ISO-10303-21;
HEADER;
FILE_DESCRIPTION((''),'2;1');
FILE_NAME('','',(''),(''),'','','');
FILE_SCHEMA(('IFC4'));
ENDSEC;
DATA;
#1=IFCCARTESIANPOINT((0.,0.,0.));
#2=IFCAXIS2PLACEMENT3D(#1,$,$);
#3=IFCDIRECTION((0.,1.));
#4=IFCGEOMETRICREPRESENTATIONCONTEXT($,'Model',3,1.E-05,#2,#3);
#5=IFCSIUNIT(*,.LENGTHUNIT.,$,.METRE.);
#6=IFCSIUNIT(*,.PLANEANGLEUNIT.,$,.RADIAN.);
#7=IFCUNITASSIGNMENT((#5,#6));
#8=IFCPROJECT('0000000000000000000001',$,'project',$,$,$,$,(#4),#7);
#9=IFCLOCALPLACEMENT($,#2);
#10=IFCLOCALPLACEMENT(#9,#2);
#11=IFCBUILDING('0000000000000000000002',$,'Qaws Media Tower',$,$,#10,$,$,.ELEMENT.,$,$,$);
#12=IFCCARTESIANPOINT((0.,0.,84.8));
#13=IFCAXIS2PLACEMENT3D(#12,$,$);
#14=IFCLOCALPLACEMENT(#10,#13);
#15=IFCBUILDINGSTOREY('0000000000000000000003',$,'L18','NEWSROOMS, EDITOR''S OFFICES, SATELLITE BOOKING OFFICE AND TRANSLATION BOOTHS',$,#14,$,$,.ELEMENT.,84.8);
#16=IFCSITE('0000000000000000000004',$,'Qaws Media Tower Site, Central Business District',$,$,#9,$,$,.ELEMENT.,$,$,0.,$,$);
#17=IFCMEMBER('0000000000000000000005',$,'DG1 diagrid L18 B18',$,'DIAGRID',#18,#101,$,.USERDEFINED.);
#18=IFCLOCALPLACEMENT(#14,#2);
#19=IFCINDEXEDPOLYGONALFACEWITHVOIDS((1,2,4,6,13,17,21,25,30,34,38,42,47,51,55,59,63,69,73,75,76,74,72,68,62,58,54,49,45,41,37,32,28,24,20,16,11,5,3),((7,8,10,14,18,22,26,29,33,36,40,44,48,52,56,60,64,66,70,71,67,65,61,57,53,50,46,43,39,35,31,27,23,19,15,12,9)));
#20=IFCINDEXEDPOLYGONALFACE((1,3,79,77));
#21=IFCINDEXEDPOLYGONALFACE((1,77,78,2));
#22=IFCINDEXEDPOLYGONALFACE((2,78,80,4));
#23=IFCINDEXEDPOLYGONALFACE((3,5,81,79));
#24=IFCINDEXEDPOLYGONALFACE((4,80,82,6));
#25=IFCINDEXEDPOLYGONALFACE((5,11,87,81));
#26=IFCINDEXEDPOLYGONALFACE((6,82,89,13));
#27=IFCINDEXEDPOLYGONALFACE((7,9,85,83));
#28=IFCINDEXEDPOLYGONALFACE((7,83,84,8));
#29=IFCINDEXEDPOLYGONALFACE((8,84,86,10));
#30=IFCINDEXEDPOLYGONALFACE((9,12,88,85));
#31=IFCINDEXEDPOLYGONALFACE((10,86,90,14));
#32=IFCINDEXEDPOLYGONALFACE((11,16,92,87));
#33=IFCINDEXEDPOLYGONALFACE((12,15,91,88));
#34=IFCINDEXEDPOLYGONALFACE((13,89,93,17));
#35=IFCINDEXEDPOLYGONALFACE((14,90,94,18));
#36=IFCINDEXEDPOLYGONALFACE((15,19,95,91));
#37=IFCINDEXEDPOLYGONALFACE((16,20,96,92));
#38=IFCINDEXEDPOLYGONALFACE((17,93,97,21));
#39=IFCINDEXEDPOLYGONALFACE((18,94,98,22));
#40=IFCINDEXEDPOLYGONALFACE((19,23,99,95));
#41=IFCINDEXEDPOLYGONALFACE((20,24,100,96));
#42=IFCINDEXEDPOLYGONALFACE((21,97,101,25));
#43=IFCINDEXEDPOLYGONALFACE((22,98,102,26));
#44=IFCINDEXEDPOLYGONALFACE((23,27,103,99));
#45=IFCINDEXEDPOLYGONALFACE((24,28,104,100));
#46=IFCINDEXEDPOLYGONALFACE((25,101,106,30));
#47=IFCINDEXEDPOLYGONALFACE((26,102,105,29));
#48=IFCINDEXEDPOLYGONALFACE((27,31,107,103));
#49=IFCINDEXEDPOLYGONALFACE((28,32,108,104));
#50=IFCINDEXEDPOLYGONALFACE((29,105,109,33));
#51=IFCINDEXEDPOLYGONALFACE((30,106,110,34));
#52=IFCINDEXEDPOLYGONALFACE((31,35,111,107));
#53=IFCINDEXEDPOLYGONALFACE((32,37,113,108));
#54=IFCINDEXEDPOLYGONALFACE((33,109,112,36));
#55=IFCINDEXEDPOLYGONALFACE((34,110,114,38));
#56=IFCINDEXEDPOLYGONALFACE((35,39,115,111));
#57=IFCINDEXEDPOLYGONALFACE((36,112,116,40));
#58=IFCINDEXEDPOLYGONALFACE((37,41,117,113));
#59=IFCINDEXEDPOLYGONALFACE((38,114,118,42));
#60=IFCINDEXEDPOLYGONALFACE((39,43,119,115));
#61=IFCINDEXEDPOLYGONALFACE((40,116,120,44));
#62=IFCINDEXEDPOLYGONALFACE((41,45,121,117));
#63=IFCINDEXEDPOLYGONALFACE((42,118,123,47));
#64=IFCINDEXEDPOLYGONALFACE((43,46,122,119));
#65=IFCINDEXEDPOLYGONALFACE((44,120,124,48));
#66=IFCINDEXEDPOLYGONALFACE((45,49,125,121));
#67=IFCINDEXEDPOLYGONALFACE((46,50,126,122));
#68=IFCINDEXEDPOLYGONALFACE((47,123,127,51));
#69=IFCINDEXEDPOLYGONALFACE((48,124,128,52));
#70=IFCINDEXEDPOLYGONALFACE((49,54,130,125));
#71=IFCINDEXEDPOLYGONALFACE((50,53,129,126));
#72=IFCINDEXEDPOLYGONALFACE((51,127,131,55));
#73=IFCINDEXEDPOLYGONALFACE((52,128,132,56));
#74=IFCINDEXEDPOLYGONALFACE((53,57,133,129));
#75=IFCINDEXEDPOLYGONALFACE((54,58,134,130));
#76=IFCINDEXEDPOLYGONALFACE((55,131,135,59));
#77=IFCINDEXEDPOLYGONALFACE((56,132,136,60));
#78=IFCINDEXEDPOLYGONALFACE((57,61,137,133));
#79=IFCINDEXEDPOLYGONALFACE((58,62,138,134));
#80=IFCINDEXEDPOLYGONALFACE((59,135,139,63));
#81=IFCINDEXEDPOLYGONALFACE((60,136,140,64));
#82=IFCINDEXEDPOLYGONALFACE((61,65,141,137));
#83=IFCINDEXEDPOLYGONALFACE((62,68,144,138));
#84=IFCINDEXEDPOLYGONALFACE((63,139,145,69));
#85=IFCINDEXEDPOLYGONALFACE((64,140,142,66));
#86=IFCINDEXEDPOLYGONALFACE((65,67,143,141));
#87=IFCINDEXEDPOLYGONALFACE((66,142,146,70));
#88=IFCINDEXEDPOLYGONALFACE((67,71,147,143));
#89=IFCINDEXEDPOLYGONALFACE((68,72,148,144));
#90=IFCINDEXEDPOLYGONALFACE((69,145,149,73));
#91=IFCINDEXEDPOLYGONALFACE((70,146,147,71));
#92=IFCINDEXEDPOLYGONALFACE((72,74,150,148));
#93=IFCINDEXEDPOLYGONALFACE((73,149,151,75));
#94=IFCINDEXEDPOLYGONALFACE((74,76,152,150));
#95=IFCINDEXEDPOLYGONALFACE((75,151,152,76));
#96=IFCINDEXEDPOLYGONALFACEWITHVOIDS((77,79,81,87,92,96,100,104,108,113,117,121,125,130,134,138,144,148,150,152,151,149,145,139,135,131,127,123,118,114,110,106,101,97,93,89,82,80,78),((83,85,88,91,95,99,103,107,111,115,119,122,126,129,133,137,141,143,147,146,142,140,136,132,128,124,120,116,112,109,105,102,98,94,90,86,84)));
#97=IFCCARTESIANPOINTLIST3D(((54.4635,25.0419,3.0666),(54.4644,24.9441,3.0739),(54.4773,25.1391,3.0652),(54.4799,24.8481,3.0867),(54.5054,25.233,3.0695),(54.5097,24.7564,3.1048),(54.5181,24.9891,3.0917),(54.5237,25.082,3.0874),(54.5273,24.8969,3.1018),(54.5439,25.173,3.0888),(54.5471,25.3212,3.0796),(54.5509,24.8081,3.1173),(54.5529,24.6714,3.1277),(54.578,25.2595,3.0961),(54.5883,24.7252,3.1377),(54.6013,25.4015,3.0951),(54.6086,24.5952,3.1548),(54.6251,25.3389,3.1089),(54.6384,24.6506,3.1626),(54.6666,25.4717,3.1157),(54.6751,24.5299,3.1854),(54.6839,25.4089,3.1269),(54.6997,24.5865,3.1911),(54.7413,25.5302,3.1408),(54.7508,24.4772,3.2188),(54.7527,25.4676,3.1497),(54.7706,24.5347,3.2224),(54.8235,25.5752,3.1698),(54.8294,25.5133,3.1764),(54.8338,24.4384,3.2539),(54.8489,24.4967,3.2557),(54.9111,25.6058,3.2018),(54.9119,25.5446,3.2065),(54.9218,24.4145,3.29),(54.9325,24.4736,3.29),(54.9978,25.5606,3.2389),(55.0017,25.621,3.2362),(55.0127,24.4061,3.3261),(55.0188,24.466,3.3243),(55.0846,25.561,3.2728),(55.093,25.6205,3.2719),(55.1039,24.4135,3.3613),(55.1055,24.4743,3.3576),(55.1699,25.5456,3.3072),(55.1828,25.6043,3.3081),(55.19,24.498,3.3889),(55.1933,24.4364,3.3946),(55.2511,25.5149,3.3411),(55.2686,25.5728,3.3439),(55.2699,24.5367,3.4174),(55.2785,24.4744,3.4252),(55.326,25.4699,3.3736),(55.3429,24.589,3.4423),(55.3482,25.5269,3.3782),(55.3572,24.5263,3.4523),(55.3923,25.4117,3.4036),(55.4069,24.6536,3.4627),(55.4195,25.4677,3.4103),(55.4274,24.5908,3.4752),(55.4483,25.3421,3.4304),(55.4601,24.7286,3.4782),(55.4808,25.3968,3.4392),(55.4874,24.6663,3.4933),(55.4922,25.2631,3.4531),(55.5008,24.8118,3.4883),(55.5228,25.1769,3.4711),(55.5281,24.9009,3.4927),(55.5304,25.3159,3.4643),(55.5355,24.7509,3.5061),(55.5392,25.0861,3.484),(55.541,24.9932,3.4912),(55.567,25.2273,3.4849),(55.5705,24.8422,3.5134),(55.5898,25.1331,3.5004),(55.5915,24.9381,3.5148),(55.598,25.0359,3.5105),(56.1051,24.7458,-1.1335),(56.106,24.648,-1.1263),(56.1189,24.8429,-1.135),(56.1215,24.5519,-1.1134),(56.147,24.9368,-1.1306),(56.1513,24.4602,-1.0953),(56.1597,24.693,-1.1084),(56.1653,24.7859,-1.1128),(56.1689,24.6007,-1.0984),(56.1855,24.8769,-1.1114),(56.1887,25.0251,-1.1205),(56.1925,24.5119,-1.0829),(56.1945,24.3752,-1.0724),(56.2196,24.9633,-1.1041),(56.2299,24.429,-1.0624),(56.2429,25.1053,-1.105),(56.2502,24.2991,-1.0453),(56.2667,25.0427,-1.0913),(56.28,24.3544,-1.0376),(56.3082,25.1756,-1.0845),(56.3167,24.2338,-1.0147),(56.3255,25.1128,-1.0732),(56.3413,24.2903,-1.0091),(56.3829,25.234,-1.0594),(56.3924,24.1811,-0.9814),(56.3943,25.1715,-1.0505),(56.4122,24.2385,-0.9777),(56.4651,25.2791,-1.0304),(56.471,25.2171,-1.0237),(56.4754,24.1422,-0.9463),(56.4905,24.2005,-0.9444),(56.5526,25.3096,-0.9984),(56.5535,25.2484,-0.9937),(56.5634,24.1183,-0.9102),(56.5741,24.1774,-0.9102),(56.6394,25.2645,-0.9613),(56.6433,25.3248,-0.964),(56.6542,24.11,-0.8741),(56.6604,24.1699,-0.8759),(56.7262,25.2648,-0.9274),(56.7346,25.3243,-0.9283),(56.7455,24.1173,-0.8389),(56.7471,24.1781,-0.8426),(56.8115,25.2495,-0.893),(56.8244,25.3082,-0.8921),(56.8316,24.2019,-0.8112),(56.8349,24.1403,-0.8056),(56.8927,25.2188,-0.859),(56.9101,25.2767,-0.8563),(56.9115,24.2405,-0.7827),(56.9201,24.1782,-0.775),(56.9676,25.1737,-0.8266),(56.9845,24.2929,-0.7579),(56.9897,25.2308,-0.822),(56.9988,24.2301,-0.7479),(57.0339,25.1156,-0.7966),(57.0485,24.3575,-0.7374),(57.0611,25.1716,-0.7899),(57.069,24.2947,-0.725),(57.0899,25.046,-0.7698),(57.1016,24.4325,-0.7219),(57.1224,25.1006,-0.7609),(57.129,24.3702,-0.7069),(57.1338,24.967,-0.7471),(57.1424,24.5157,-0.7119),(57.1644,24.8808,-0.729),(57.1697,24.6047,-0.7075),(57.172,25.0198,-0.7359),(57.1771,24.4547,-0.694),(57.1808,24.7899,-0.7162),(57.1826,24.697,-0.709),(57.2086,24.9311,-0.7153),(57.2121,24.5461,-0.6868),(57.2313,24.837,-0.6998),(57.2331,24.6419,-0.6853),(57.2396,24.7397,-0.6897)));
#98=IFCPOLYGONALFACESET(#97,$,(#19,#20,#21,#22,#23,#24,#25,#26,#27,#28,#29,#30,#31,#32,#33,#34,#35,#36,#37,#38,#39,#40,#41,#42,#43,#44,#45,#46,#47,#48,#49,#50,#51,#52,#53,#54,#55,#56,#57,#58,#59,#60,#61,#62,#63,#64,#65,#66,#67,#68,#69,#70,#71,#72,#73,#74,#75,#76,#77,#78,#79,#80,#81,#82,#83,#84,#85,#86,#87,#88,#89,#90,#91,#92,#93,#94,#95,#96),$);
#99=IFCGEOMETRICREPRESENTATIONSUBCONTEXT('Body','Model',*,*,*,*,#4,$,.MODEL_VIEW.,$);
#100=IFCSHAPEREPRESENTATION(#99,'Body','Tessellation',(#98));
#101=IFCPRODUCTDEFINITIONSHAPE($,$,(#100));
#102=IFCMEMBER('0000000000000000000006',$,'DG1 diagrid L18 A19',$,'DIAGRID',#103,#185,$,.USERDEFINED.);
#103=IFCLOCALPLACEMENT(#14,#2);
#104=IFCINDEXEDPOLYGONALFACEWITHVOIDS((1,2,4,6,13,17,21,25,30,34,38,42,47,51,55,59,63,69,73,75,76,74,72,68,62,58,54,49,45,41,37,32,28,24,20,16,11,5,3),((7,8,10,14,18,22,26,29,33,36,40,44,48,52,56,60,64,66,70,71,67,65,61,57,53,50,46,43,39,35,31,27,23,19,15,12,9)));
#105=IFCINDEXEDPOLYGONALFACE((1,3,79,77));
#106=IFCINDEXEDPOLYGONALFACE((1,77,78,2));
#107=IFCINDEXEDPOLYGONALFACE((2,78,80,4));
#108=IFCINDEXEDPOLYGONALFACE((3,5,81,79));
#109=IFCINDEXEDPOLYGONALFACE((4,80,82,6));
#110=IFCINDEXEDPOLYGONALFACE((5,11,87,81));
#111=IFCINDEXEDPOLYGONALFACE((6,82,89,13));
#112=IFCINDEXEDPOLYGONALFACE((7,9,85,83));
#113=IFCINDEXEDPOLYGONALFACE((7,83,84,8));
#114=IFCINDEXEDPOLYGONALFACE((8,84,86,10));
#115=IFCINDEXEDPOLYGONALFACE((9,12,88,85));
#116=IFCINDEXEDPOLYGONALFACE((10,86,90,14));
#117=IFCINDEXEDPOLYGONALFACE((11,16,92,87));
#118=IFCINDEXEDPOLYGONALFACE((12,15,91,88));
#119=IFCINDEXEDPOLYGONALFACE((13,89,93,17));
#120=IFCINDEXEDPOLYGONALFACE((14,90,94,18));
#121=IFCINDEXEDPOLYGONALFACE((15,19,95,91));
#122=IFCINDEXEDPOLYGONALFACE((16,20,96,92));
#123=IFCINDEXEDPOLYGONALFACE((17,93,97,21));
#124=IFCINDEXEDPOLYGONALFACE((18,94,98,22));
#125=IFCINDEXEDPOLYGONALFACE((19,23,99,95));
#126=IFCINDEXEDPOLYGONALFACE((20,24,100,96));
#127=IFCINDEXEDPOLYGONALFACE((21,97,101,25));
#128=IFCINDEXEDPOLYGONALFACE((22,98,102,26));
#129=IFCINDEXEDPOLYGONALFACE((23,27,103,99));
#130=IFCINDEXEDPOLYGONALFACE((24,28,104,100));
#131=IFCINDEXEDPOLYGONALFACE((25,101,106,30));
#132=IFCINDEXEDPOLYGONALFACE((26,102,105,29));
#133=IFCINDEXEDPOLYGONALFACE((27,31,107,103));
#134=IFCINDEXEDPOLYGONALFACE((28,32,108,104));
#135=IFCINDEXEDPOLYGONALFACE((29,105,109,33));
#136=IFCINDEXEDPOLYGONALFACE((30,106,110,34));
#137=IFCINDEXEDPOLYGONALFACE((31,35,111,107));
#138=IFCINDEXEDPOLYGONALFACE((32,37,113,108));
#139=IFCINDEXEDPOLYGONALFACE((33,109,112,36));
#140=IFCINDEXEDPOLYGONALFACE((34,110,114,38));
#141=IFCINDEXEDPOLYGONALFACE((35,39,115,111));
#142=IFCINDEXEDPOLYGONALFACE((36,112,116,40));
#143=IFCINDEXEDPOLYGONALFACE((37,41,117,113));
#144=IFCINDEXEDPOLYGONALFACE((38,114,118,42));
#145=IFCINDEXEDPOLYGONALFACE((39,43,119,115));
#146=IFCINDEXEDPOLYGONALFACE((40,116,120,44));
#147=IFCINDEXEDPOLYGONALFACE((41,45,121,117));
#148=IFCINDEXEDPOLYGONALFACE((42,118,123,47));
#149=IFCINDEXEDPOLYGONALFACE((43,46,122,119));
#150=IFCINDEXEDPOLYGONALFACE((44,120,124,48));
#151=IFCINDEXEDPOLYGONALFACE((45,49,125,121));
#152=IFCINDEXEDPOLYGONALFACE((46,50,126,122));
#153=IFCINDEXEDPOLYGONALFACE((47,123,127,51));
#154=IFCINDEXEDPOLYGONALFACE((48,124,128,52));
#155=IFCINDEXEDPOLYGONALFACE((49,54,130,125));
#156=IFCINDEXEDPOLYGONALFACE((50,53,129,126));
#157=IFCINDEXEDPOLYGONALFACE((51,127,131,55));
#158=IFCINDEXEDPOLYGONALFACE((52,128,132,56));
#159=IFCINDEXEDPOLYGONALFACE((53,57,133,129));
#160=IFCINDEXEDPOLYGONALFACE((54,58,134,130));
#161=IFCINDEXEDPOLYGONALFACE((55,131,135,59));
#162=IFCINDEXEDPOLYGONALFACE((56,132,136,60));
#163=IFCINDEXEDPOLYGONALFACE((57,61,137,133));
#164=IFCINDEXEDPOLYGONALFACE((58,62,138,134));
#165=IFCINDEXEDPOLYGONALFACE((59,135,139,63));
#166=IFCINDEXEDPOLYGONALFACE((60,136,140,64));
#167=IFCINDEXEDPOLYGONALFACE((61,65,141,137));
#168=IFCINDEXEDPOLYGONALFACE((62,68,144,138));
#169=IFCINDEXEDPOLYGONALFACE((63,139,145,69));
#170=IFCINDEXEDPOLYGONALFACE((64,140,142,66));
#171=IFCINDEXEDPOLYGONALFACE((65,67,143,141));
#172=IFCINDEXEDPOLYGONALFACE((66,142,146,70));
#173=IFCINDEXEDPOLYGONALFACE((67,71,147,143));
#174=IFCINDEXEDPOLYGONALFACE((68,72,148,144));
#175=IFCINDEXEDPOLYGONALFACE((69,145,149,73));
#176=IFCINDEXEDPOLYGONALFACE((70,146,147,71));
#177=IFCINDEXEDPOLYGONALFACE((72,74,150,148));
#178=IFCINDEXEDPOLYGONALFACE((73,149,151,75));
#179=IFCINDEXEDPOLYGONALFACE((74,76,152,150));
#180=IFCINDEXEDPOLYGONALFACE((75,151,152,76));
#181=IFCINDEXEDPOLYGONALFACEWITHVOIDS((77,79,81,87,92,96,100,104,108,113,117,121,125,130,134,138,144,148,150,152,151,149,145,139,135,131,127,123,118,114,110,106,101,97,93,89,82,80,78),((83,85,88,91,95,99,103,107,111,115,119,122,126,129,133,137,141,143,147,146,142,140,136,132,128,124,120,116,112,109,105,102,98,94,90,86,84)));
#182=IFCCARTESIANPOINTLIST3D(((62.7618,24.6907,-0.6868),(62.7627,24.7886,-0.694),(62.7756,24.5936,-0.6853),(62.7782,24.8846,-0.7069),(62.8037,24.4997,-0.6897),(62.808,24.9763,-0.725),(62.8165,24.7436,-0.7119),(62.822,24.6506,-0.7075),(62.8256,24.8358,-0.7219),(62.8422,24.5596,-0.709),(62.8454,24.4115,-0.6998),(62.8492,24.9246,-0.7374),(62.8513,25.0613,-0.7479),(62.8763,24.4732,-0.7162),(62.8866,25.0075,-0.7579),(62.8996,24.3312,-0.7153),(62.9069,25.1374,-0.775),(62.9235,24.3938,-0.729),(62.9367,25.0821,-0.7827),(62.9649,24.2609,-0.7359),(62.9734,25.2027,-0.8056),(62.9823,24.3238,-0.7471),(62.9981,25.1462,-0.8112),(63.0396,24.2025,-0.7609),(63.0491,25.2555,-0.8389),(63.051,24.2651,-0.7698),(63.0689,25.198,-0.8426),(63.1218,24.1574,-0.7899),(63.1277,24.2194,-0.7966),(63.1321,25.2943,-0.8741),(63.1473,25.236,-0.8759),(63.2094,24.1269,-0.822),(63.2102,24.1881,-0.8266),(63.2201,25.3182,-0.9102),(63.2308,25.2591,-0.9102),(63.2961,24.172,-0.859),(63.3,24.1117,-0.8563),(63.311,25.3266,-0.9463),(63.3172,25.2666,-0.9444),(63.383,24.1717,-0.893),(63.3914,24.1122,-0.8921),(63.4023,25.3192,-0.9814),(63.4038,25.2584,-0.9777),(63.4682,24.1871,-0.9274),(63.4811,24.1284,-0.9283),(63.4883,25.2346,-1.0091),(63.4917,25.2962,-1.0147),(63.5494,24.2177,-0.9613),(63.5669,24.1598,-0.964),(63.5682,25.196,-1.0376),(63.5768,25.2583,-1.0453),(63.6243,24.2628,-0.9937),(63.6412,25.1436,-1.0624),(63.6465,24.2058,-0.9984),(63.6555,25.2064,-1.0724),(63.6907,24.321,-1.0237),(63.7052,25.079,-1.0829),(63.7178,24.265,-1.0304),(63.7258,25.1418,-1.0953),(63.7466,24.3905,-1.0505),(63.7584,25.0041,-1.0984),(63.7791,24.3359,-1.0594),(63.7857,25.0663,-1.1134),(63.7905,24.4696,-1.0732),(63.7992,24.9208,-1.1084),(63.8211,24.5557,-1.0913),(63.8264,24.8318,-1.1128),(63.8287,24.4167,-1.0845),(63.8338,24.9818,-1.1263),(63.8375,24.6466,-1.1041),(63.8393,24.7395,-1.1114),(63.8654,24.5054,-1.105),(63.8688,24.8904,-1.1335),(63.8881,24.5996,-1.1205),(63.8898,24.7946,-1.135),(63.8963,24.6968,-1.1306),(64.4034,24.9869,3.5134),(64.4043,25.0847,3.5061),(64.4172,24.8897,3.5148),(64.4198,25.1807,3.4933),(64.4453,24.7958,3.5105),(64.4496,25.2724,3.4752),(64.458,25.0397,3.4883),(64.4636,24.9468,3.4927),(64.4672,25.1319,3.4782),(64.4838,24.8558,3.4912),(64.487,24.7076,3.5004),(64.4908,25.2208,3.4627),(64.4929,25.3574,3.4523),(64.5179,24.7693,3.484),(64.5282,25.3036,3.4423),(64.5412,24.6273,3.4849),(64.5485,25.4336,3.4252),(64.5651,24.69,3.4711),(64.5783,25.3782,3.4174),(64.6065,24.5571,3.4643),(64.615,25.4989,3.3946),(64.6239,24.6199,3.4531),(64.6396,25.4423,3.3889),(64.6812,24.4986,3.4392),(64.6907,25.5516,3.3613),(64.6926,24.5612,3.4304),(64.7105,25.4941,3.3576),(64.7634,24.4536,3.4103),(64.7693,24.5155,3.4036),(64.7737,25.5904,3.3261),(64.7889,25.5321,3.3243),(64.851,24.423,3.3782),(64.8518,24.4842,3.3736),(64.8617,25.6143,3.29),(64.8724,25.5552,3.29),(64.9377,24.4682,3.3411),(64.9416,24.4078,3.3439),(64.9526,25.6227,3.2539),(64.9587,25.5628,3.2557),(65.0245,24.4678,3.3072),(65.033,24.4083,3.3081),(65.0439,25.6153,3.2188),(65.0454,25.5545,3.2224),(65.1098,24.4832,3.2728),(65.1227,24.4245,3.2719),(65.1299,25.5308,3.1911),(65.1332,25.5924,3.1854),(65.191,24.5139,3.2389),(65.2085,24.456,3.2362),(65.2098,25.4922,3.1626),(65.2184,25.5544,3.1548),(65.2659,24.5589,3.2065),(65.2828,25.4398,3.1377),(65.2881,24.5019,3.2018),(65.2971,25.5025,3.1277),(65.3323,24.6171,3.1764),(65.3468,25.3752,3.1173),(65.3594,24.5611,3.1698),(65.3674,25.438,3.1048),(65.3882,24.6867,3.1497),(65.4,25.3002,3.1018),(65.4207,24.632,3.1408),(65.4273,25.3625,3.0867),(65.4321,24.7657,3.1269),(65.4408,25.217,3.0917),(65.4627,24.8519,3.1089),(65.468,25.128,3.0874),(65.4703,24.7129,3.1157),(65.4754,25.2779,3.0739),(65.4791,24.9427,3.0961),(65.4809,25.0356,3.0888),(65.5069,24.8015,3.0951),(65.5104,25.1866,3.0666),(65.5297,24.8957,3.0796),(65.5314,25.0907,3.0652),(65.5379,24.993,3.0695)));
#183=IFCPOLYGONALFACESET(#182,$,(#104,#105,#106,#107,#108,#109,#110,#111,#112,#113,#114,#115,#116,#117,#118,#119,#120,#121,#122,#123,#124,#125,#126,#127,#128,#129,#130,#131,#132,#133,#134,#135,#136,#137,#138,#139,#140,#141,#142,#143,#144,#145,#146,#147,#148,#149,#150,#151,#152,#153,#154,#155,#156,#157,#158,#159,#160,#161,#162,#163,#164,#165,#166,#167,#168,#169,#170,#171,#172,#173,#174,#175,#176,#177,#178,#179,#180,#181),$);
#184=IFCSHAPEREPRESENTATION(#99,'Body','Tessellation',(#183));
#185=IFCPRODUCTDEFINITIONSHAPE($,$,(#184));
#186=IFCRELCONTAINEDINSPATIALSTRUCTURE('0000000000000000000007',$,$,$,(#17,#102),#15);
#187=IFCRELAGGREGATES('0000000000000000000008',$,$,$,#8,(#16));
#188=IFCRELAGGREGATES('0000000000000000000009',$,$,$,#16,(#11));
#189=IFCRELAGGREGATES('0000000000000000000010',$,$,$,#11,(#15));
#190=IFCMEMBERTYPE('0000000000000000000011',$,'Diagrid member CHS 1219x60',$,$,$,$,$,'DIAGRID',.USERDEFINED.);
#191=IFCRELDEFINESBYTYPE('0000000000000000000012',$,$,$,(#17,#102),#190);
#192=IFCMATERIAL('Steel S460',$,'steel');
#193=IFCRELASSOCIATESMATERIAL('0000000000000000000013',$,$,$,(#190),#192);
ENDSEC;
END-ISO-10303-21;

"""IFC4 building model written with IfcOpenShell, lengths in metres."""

from ifc_helpers import new_model, si_unit, direction, frame, origin, origin_2d, place, context, subcontext, project, spatial, hollow_circle, extrude, material, material_profile, profile_set, type_object, element, save


model = new_model("IFC4")

# Units and contexts
model_context = context("Model", 3, precision=1e-05, world=origin(), true_north=direction((0.0, 1.0)))
body_context = subcontext(model_context, "Body", "Model", "MODEL_VIEW")
ifc_project = project(units=[si_unit("LENGTHUNIT", "METRE"), si_unit("PLANEANGLEUNIT", "RADIAN")], contexts=[model_context])

# Site, building, storey
site_placement = place(None, origin())
site = spatial("IfcSite", under=ifc_project, at=site_placement, Name="Qaws Media Tower Site, Central Business District", CompositionType="ELEMENT", RefElevation=0.0)
building_placement = place(site_placement, origin())
building = spatial("IfcBuilding", under=site, at=building_placement, Name="Qaws Media Tower", CompositionType="ELEMENT")
storey_placement = place(building_placement, frame((0.0, 0.0, 84.8)))
storey = spatial("IfcBuildingStorey", under=building, at=storey_placement, Name="L18", Description="NEWSROOMS, EDITOR'S OFFICES, SATELLITE BOOKING OFFICE AND TRANSLATION BOOTHS", CompositionType="ELEMENT", Elevation=84.8)

# Members
ifc_material_1 = material(Name="Steel S460", Category="steel")
ifc_material_profile_1 = material_profile(ifc_material_1, hollow_circle(Radius=0.6096, WallThickness=0.0601, at=origin_2d()), Name="CHS 1219x60")
ifc_profile_set_1 = profile_set([ifc_material_profile_1], Name="Steel S460")
member_type_1 = type_object("IfcMemberType", Name="Diagrid member CHS 1219x60", ElementType="DIAGRID", PredefinedType="USERDEFINED", material=ifc_profile_set_1)
for number, where, z_axis, x_axis, name in (
    (1, (56.6716, 24.7183, -0.9102), (-0.363241, 0.065528, 0.929388), (-0.177533, -0.984115, 0.0), "DG1 diagrid L18 B18"),
    (2, (63.3284, 24.7183, -0.9102), (0.363241, 0.065528, 0.929388), (-0.177533, 0.984115, 0.0), "DG1 diagrid L18 A19"),
):
    element("IfcMember", number, at=place(storey_placement, frame(where, z_axis=z_axis, x_axis=x_axis)), inside=storey, type_object=member_type_1, Name=name, ObjectType="DIAGRID", PredefinedType="USERDEFINED", context=body_context, shape_type="SweptSolid", body=[
        extrude(hollow_circle(Radius=0.6096, WallThickness=0.0601, at=origin_2d()), origin(), (0.0, 0.0, 1.0), 4.5193),
    ])

save(model, "model.ifc")
